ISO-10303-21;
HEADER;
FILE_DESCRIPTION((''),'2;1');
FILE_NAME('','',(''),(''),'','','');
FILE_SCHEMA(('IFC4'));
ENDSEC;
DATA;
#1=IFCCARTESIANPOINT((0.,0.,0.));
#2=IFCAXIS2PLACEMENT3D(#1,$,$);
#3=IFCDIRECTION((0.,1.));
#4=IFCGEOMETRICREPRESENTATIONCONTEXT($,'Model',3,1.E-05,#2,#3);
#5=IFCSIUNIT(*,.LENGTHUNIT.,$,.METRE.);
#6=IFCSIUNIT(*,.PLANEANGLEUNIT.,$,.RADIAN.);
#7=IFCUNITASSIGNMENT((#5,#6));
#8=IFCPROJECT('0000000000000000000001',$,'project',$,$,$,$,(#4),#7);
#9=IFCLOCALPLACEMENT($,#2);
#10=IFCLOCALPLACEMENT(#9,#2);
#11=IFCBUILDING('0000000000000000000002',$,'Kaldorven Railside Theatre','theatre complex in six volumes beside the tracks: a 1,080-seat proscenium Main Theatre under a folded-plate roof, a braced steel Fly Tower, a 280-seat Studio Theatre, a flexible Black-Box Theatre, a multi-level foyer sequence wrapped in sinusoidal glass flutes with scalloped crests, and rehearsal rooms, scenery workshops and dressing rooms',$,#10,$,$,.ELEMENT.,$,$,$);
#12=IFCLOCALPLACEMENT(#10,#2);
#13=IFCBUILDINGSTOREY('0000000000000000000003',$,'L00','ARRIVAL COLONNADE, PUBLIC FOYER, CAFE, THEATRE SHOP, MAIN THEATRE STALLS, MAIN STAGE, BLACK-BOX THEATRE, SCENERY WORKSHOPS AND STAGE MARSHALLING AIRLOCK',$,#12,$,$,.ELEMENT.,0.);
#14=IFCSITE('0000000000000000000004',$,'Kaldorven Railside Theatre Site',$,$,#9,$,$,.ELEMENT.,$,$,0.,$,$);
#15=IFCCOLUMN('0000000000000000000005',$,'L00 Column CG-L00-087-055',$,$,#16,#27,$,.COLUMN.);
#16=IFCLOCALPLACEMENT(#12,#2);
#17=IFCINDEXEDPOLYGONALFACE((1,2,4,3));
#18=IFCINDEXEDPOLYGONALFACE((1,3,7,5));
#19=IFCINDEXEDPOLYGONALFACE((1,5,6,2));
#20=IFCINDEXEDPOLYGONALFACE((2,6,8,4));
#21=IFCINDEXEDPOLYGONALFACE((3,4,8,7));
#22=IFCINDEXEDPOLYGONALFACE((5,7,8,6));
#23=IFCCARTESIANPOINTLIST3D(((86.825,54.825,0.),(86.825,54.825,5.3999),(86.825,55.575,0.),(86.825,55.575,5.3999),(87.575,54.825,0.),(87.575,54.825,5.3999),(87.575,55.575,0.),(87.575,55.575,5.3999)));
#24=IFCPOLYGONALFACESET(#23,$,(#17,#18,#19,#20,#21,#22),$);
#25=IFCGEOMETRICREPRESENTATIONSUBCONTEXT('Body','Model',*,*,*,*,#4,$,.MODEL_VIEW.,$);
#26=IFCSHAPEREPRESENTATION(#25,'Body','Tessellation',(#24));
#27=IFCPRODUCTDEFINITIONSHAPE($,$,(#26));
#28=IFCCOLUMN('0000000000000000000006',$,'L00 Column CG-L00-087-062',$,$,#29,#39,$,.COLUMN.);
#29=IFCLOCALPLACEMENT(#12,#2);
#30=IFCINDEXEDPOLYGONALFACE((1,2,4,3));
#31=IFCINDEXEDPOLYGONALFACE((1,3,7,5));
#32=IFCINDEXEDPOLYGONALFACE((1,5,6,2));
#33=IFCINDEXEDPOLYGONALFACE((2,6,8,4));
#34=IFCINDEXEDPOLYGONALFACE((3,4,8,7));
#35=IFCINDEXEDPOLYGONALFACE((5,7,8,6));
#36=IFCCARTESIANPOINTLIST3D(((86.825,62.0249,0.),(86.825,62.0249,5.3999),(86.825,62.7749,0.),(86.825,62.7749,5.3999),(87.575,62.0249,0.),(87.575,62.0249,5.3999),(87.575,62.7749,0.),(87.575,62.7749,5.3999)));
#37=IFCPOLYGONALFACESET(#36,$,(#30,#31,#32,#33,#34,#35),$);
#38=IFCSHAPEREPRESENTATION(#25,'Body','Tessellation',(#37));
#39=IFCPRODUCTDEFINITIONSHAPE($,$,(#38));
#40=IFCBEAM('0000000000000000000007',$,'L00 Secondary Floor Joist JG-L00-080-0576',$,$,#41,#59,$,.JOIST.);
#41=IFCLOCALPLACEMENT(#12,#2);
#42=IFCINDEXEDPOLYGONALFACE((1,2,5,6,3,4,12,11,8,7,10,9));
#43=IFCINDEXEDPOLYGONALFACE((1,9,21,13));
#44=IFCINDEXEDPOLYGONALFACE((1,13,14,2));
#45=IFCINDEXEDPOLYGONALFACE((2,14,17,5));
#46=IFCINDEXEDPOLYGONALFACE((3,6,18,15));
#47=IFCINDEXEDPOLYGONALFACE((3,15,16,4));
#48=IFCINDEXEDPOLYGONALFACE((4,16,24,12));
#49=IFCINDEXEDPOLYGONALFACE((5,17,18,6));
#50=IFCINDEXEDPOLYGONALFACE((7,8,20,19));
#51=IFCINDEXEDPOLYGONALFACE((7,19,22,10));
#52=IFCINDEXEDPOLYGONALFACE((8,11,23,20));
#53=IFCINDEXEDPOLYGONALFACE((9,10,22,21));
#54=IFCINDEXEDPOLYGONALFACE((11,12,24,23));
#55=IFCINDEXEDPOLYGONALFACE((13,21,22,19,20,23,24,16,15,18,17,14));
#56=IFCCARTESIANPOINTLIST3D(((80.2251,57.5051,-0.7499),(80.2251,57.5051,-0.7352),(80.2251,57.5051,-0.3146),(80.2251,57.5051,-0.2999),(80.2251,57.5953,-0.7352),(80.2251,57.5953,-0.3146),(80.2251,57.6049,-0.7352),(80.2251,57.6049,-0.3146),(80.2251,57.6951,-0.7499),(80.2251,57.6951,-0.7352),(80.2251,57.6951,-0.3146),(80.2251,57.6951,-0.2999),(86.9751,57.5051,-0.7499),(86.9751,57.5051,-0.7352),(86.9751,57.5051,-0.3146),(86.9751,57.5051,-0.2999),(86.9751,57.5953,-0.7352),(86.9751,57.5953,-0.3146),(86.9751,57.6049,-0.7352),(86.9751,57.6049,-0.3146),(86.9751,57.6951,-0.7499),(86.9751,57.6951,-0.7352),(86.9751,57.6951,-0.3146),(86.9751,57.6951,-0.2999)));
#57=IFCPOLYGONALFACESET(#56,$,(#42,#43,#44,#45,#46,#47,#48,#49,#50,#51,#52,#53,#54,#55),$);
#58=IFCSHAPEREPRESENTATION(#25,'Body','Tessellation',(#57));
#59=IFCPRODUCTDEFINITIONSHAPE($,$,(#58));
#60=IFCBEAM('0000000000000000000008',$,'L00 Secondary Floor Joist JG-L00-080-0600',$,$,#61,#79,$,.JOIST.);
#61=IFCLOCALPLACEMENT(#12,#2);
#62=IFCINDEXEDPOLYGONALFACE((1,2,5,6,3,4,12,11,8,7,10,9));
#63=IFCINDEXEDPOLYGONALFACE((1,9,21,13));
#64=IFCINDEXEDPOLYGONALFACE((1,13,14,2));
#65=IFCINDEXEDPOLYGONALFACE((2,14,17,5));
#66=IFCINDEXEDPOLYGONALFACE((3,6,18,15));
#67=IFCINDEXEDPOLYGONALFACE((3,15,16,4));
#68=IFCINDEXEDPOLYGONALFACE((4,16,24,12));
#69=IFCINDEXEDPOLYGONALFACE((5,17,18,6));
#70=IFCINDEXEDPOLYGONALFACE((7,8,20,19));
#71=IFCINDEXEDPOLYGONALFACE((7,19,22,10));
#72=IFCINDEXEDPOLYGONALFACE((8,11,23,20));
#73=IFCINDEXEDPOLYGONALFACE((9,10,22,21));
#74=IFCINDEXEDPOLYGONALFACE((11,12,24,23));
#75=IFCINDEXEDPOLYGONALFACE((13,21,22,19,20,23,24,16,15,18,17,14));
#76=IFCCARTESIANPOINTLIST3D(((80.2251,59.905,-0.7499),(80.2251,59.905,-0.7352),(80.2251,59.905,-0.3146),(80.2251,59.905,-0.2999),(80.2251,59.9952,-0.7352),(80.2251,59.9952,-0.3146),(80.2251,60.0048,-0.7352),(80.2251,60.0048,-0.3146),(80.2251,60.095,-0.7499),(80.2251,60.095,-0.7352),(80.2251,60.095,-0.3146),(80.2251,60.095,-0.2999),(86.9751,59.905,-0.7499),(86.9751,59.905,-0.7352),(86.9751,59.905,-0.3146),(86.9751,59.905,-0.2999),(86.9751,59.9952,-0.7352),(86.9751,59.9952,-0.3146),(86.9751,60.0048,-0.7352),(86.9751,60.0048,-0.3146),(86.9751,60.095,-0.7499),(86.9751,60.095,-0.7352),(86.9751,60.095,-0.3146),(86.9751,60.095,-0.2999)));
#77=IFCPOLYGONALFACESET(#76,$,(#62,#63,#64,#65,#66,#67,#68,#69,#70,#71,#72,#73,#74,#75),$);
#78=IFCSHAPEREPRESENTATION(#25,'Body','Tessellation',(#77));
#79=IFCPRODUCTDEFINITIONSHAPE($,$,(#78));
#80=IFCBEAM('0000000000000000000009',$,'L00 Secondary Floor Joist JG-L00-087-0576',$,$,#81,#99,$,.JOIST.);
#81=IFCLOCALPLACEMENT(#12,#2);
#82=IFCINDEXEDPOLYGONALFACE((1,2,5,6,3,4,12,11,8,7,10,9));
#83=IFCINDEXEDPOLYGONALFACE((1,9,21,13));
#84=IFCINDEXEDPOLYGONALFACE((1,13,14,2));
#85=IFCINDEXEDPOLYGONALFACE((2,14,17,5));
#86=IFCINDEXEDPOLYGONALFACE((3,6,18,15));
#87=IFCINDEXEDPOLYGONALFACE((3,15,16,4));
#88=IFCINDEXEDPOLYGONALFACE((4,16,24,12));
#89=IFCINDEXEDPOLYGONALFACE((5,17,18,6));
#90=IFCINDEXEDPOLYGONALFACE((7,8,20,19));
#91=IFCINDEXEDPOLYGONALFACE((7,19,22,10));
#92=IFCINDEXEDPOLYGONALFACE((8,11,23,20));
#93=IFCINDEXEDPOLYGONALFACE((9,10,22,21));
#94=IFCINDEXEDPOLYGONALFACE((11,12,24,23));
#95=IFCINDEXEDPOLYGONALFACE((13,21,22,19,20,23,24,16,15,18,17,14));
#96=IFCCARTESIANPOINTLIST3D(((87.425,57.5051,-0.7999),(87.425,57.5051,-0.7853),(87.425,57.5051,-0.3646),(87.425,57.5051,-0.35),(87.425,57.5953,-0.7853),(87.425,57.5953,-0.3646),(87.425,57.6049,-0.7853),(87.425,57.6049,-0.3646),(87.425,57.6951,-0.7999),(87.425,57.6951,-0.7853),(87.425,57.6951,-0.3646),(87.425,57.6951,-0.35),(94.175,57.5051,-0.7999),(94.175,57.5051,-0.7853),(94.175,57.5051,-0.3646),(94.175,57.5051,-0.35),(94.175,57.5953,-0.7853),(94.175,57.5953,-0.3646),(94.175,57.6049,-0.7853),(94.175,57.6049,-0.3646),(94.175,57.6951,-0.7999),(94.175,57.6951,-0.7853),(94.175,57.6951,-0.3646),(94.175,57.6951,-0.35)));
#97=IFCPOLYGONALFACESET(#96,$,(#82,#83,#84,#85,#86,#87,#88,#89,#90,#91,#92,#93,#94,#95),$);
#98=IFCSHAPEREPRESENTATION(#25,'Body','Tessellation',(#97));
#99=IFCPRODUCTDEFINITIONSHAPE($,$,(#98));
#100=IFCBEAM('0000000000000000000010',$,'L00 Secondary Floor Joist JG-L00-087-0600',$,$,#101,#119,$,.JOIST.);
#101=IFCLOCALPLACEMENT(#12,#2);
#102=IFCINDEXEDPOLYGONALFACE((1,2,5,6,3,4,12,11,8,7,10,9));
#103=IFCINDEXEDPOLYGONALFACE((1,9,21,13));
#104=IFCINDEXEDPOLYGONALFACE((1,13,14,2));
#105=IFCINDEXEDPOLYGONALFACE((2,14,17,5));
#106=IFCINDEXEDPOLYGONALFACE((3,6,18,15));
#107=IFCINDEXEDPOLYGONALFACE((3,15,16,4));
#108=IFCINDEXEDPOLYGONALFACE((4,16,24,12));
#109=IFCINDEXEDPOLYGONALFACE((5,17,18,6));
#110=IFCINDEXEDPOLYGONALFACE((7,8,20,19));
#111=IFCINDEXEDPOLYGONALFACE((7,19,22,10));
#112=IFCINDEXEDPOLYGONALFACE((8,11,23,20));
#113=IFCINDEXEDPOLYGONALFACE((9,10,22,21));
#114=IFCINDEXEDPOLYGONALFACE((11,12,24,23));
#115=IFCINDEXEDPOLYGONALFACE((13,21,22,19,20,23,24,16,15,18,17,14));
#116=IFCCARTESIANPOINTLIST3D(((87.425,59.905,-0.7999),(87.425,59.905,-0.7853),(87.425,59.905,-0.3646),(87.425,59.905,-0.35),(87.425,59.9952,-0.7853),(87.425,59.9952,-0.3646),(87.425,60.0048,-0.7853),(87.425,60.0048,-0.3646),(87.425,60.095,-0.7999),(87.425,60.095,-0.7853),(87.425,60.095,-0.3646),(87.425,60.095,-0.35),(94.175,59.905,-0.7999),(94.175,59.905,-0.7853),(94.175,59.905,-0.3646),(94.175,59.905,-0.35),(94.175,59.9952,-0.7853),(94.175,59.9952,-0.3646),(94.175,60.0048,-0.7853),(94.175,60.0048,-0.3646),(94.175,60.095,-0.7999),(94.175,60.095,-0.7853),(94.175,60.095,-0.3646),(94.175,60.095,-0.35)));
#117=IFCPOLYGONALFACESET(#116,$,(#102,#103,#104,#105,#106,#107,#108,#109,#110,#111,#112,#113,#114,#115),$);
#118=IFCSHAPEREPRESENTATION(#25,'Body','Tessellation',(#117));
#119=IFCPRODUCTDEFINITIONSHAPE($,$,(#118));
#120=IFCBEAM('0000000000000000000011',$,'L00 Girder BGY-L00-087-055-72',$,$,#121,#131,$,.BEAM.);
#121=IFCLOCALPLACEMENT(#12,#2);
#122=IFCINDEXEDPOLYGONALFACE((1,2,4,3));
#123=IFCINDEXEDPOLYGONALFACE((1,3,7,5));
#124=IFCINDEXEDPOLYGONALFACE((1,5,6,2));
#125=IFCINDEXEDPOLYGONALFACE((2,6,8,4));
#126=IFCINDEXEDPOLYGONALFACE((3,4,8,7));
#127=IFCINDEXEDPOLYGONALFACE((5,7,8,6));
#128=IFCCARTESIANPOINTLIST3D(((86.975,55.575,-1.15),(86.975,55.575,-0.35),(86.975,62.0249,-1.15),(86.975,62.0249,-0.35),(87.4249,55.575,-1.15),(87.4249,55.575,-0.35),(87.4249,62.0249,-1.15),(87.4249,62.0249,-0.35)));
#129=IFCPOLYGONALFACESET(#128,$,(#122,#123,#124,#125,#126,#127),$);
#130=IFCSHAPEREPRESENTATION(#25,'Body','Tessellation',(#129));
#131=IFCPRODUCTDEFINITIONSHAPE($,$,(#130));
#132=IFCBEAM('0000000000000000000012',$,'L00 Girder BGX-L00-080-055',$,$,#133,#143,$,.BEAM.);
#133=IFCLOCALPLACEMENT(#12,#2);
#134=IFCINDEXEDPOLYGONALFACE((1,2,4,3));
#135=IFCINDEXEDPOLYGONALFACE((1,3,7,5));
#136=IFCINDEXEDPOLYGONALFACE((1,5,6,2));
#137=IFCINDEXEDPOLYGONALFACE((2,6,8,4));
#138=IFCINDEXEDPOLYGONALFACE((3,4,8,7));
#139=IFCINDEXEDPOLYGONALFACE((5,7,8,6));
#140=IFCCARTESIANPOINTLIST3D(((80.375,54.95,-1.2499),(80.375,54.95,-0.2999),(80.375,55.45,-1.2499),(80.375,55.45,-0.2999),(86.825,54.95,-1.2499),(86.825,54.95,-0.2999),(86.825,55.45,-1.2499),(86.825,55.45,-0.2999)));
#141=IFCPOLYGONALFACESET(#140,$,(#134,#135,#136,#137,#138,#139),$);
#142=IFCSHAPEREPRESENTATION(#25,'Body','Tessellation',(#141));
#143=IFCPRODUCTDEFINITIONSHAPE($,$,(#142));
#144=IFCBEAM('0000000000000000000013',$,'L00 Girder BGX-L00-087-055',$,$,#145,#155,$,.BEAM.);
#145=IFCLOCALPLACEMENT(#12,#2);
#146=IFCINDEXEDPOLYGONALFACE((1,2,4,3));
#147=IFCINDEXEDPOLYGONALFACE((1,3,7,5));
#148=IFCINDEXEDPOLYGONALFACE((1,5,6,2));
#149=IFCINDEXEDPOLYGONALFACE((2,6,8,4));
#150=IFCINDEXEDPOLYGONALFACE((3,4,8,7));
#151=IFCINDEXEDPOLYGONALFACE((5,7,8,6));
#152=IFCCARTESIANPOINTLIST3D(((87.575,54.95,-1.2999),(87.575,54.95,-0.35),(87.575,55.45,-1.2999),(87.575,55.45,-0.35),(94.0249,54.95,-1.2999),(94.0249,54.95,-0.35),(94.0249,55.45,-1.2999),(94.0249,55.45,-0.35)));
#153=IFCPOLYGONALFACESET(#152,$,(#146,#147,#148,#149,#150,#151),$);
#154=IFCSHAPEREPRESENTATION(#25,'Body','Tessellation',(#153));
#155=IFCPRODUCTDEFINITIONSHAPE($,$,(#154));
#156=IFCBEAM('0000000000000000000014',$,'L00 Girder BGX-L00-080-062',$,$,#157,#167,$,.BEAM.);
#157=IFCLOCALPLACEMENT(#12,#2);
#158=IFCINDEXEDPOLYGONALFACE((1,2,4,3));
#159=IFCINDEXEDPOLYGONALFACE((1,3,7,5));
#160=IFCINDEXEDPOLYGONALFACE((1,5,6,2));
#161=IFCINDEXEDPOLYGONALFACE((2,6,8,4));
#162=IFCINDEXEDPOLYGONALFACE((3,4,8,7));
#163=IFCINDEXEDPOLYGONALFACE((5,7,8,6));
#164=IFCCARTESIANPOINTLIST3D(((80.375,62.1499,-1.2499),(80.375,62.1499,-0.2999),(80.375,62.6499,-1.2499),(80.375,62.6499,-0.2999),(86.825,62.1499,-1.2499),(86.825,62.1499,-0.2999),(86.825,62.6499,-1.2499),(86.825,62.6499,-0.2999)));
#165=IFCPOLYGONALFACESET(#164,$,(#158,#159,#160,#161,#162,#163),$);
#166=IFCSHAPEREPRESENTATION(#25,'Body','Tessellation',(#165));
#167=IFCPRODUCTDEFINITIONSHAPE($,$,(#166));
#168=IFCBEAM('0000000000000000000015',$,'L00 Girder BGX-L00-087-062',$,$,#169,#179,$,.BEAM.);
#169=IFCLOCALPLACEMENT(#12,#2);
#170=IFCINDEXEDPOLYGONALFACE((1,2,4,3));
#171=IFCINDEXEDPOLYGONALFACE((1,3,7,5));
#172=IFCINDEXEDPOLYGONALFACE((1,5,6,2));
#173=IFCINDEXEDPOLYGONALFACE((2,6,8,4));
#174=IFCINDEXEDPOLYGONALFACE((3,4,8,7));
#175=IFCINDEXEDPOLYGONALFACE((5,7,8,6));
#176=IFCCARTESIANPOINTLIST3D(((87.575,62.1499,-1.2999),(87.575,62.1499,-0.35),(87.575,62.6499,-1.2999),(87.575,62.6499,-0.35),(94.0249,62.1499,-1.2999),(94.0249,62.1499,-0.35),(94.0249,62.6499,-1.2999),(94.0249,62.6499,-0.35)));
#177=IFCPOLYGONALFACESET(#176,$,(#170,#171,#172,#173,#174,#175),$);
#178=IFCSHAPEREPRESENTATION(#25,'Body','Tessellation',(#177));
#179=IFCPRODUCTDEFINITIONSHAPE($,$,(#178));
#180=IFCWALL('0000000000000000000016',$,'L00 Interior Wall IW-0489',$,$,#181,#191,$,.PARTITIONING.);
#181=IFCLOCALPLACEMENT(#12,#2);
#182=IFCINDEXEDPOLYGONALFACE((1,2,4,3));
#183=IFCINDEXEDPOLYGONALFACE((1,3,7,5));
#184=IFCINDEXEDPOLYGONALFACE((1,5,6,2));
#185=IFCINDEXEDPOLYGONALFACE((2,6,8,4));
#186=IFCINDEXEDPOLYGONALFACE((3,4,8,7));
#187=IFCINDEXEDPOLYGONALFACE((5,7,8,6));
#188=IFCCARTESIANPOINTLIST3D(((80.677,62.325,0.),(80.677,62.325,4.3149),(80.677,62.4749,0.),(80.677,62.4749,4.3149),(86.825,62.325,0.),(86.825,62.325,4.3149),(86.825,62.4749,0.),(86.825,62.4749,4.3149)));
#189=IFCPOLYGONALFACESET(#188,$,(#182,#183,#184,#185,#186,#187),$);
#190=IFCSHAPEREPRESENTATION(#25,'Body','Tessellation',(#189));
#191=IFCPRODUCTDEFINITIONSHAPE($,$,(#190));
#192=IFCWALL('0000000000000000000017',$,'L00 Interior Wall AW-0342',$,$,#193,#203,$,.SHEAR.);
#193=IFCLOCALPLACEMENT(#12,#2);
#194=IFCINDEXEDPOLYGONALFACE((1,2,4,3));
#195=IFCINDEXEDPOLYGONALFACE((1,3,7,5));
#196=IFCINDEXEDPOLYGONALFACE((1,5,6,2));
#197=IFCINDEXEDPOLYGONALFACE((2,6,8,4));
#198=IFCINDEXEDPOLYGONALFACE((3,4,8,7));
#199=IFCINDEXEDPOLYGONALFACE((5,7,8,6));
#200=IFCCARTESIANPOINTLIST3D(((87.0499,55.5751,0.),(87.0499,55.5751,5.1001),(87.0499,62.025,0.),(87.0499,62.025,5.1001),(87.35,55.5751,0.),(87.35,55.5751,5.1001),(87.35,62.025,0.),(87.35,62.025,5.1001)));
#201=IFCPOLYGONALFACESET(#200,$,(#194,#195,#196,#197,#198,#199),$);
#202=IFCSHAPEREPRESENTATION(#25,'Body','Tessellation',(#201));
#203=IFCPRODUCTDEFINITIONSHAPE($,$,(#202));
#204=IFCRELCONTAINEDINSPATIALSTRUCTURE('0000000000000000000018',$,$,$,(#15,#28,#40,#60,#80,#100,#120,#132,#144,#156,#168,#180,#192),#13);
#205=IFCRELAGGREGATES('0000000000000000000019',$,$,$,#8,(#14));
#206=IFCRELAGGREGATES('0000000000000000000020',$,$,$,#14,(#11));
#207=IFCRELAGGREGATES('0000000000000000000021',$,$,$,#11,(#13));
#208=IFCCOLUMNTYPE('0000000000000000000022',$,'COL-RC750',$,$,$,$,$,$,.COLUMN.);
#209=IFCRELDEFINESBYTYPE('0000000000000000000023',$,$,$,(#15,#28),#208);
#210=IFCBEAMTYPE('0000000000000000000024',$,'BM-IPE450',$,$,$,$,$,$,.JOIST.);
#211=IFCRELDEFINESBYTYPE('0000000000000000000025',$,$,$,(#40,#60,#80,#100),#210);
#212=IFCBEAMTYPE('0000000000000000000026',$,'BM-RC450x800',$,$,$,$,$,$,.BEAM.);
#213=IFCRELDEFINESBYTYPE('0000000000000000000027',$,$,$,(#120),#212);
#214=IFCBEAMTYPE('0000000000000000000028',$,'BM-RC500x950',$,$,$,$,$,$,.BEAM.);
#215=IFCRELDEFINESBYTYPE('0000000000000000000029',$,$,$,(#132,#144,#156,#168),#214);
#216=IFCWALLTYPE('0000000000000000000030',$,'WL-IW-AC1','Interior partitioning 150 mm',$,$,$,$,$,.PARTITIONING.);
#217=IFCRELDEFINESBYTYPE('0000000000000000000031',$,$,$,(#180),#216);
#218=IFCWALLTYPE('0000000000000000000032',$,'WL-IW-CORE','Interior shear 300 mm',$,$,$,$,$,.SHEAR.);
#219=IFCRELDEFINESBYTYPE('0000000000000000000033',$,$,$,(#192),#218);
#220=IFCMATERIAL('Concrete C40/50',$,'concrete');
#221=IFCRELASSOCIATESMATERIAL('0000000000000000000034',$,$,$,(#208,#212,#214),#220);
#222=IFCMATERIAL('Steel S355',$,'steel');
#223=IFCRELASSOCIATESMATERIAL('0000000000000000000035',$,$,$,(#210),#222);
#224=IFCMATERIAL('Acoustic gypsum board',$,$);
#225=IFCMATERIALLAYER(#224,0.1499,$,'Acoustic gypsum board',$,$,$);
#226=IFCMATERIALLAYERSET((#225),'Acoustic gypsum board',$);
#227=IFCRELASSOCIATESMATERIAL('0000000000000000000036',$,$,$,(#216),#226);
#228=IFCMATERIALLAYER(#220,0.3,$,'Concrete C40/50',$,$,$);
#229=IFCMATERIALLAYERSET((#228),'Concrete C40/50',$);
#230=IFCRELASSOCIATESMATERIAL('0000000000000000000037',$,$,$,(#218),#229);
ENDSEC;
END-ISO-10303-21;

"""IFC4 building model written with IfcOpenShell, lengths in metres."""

from ifc_helpers import new_model, si_unit, direction, frame, frame_2d, origin, origin_2d, place, context, subcontext, project, spatial, rectangle, i_section, extrude, material, layer, layer_set, material_profile, profile_set, type_object, element, save


model = new_model("IFC4")

# Units and contexts
model_context = context("Model", 3, precision=1e-05, world=origin(), true_north=direction((0.0, 1.0)))
body_context = subcontext(model_context, "Body", "Model", "MODEL_VIEW")
ifc_project = project(units=[si_unit("LENGTHUNIT", "METRE"), si_unit("PLANEANGLEUNIT", "RADIAN")], contexts=[model_context])

# Site, building, storey
site_placement = place(None, origin())
site = spatial("IfcSite", under=ifc_project, at=site_placement, Name="Kaldorven Railside Theatre Site", CompositionType="ELEMENT", RefElevation=0.0)
building_placement = place(site_placement, origin())
building = spatial("IfcBuilding", under=site, at=building_placement, Name="Kaldorven Railside Theatre", Description="theatre complex in six volumes beside the tracks: a 1,080-seat proscenium Main Theatre under a folded-plate roof, a braced steel Fly Tower, a 280-seat Studio Theatre, a flexible Black-Box Theatre, a multi-level foyer sequence wrapped in sinusoidal glass flutes with scalloped crests, and rehearsal rooms, scenery workshops and dressing rooms", CompositionType="ELEMENT")
storey_placement = place(building_placement, origin())
storey = spatial("IfcBuildingStorey", under=building, at=storey_placement, Name="L00", Description="ARRIVAL COLONNADE, PUBLIC FOYER, CAFE, THEATRE SHOP, MAIN THEATRE STALLS, MAIN STAGE, BLACK-BOX THEATRE, SCENERY WORKSHOPS AND STAGE MARSHALLING AIRLOCK", CompositionType="ELEMENT", Elevation=0.0)

# Columns
ifc_material_1 = material(Name="Concrete C40/50", Category="concrete")
ifc_material_profile_1 = material_profile(ifc_material_1, rectangle(XDim=0.75, YDim=0.75, at=origin_2d()), Name="RC 750x750")
ifc_profile_set_1 = profile_set([ifc_material_profile_1], Name="Concrete C40/50")
column_type = type_object("IfcColumnType", Name="COL-RC750", PredefinedType="COLUMN", material=ifc_profile_set_1)
for number, where, z_axis, x_axis, name in (
    (1, (87.2, 55.2, 0.0), (0.0, 0.0, 1.0), (1.0, 0.0, 0.0), "L00 Column CG-L00-087-055"),
    (2, (87.2, 62.3999, 0.0), (0.0, 0.0, 1.0), (0.0, 1.0, 0.0), "L00 Column CG-L00-087-062"),
):
    element("IfcColumn", number, at=place(storey_placement, frame(where, z_axis=z_axis, x_axis=x_axis)), inside=storey, type_object=column_type, Name=name, PredefinedType="COLUMN", context=body_context, shape_type="SweptSolid", body=[
        extrude(rectangle(XDim=0.75, YDim=0.75, at=origin_2d()), origin(), (0.0, 0.0, 1.0), 5.3999),
    ])

# Beams
ifc_material_2 = material(Name="Steel S355", Category="steel")
ifc_material_profile_2 = material_profile(ifc_material_2, i_section(OverallWidth=0.1899, OverallDepth=0.45, WebThickness=0.0095, FlangeThickness=0.0146, at=origin_2d()), Name="IPE 450")
ifc_profile_set_2 = profile_set([ifc_material_profile_2], Name="Steel S355")
beam_type_1 = type_object("IfcBeamType", Name="BM-IPE450", PredefinedType="JOIST", material=ifc_profile_set_2)
for number, where, z_axis, x_axis, name in (
    (3, (80.2251, 57.6001, -0.5249), (1.0, 0.0, 0.0), (0.0, 1.0, 0.0), "L00 Secondary Floor Joist JG-L00-080-0576"),
    (4, (80.2251, 60.0, -0.5249), (1.0, 0.0, 0.0), (0.0, 1.0, 0.0), "L00 Secondary Floor Joist JG-L00-080-0600"),
    (5, (87.425, 57.6001, -0.575), (1.0, 0.0, 0.0), (0.0, 1.0, 0.0), "L00 Secondary Floor Joist JG-L00-087-0576"),
    (6, (87.425, 60.0, -0.575), (1.0, 0.0, 0.0), (0.0, 1.0, 0.0), "L00 Secondary Floor Joist JG-L00-087-0600"),
):
    element("IfcBeam", number, at=place(storey_placement, frame(where, z_axis=z_axis, x_axis=x_axis)), inside=storey, type_object=beam_type_1, Name=name, PredefinedType="JOIST", context=body_context, shape_type="SweptSolid", body=[
        extrude(i_section(OverallWidth=0.1899, OverallDepth=0.45, WebThickness=0.0095, FlangeThickness=0.0146, at=origin_2d()), origin(), (0.0, 0.0, 1.0), 6.75),
    ])
ifc_material_profile_3 = material_profile(ifc_material_1, rectangle(XDim=0.45, YDim=0.8, at=origin_2d()), Name="RC 450x800")
ifc_profile_set_3 = profile_set([ifc_material_profile_3], Name="Concrete C40/50")
beam_type_2 = type_object("IfcBeamType", Name="BM-RC450x800", PredefinedType="BEAM", material=ifc_profile_set_3)
beam_placement = place(storey_placement, frame((87.2, 55.575, -0.75), z_axis=(0.0, 1.0, 0.0), x_axis=(-1.0, 0.0, 0.0)))
element("IfcBeam", 7, at=beam_placement, inside=storey, type_object=beam_type_2, Name="L00 Girder BGY-L00-087-055-72", PredefinedType="BEAM", context=body_context, shape_type="SweptSolid", body=[
    extrude(rectangle(XDim=0.45, YDim=0.8, at=origin_2d()), origin(), (0.0, 0.0, 1.0), 6.45),
])
ifc_material_profile_4 = material_profile(ifc_material_1, rectangle(XDim=0.5, YDim=0.95, at=origin_2d()), Name="RC 500x950")
ifc_profile_set_4 = profile_set([ifc_material_profile_4], Name="Concrete C40/50")
beam_type_3 = type_object("IfcBeamType", Name="BM-RC500x950", PredefinedType="BEAM", material=ifc_profile_set_4)
for number, where, z_axis, x_axis, name in (
    (8, (80.375, 55.2, -0.7749), (1.0, 0.0, 0.0), (0.0, 1.0, 0.0), "L00 Girder BGX-L00-080-055"),
    (9, (87.575, 55.2, -0.825), (1.0, 0.0, 0.0), (0.0, 1.0, 0.0), "L00 Girder BGX-L00-087-055"),
    (10, (80.375, 62.3999, -0.7749), (1.0, 0.0, 0.0), (0.0, 1.0, 0.0), "L00 Girder BGX-L00-080-062"),
    (11, (87.575, 62.3999, -0.825), (1.0, 0.0, 0.0), (0.0, 1.0, 0.0), "L00 Girder BGX-L00-087-062"),
):
    element("IfcBeam", number, at=place(storey_placement, frame(where, z_axis=z_axis, x_axis=x_axis)), inside=storey, type_object=beam_type_3, Name=name, PredefinedType="BEAM", context=body_context, shape_type="SweptSolid", body=[
        extrude(rectangle(XDim=0.5, YDim=0.95, at=origin_2d()), origin(), (0.0, 0.0, 1.0), 6.45),
    ])

# Shared definitions
ifc_material_3 = material(Name="Acoustic gypsum board")
ifc_layer_1 = layer(ifc_material_3, 0.1499, Name="Acoustic gypsum board")
ifc_layer_set_1 = layer_set([ifc_layer_1], Name="Acoustic gypsum board")
wall_type_1 = type_object("IfcWallType", Name="WL-IW-AC1", Description="Interior partitioning 150 mm", PredefinedType="PARTITIONING", material=ifc_layer_set_1)

# Walls
wall_1_placement = place(storey_placement, frame((80.677, 62.3999, 0.0), z_axis=(0.0, 0.0, 1.0), x_axis=(1.0, 0.0, 0.0)))
element("IfcWall", 12, at=wall_1_placement, inside=storey, type_object=wall_type_1, Name="L00 Interior Wall IW-0489", PredefinedType="PARTITIONING", context=body_context, shape_type="SweptSolid", body=[
    extrude(rectangle(XDim=6.1479, YDim=0.1499, at=frame_2d((3.074, 0.0))), origin(), (0.0, 0.0, 1.0), 4.3149),
])
ifc_layer_2 = layer(ifc_material_1, 0.3, Name="Concrete C40/50")
ifc_layer_set_2 = layer_set([ifc_layer_2], Name="Concrete C40/50")
wall_type_2 = type_object("IfcWallType", Name="WL-IW-CORE", Description="Interior shear 300 mm", PredefinedType="SHEAR", material=ifc_layer_set_2)
wall_2_placement = place(storey_placement, frame((87.2, 55.575, 0.0), z_axis=(0.0, 0.0, 1.0), x_axis=(0.0, 1.0, 0.0)))
element("IfcWall", 13, at=wall_2_placement, inside=storey, type_object=wall_type_2, Name="L00 Interior Wall AW-0342", PredefinedType="SHEAR", context=body_context, shape_type="SweptSolid", body=[
    extrude(rectangle(XDim=6.45, YDim=0.3, at=frame_2d((3.2251, 0.0))), origin(), (0.0, 0.0, 1.0), 5.1001),
])

save(model, "model.ifc")
